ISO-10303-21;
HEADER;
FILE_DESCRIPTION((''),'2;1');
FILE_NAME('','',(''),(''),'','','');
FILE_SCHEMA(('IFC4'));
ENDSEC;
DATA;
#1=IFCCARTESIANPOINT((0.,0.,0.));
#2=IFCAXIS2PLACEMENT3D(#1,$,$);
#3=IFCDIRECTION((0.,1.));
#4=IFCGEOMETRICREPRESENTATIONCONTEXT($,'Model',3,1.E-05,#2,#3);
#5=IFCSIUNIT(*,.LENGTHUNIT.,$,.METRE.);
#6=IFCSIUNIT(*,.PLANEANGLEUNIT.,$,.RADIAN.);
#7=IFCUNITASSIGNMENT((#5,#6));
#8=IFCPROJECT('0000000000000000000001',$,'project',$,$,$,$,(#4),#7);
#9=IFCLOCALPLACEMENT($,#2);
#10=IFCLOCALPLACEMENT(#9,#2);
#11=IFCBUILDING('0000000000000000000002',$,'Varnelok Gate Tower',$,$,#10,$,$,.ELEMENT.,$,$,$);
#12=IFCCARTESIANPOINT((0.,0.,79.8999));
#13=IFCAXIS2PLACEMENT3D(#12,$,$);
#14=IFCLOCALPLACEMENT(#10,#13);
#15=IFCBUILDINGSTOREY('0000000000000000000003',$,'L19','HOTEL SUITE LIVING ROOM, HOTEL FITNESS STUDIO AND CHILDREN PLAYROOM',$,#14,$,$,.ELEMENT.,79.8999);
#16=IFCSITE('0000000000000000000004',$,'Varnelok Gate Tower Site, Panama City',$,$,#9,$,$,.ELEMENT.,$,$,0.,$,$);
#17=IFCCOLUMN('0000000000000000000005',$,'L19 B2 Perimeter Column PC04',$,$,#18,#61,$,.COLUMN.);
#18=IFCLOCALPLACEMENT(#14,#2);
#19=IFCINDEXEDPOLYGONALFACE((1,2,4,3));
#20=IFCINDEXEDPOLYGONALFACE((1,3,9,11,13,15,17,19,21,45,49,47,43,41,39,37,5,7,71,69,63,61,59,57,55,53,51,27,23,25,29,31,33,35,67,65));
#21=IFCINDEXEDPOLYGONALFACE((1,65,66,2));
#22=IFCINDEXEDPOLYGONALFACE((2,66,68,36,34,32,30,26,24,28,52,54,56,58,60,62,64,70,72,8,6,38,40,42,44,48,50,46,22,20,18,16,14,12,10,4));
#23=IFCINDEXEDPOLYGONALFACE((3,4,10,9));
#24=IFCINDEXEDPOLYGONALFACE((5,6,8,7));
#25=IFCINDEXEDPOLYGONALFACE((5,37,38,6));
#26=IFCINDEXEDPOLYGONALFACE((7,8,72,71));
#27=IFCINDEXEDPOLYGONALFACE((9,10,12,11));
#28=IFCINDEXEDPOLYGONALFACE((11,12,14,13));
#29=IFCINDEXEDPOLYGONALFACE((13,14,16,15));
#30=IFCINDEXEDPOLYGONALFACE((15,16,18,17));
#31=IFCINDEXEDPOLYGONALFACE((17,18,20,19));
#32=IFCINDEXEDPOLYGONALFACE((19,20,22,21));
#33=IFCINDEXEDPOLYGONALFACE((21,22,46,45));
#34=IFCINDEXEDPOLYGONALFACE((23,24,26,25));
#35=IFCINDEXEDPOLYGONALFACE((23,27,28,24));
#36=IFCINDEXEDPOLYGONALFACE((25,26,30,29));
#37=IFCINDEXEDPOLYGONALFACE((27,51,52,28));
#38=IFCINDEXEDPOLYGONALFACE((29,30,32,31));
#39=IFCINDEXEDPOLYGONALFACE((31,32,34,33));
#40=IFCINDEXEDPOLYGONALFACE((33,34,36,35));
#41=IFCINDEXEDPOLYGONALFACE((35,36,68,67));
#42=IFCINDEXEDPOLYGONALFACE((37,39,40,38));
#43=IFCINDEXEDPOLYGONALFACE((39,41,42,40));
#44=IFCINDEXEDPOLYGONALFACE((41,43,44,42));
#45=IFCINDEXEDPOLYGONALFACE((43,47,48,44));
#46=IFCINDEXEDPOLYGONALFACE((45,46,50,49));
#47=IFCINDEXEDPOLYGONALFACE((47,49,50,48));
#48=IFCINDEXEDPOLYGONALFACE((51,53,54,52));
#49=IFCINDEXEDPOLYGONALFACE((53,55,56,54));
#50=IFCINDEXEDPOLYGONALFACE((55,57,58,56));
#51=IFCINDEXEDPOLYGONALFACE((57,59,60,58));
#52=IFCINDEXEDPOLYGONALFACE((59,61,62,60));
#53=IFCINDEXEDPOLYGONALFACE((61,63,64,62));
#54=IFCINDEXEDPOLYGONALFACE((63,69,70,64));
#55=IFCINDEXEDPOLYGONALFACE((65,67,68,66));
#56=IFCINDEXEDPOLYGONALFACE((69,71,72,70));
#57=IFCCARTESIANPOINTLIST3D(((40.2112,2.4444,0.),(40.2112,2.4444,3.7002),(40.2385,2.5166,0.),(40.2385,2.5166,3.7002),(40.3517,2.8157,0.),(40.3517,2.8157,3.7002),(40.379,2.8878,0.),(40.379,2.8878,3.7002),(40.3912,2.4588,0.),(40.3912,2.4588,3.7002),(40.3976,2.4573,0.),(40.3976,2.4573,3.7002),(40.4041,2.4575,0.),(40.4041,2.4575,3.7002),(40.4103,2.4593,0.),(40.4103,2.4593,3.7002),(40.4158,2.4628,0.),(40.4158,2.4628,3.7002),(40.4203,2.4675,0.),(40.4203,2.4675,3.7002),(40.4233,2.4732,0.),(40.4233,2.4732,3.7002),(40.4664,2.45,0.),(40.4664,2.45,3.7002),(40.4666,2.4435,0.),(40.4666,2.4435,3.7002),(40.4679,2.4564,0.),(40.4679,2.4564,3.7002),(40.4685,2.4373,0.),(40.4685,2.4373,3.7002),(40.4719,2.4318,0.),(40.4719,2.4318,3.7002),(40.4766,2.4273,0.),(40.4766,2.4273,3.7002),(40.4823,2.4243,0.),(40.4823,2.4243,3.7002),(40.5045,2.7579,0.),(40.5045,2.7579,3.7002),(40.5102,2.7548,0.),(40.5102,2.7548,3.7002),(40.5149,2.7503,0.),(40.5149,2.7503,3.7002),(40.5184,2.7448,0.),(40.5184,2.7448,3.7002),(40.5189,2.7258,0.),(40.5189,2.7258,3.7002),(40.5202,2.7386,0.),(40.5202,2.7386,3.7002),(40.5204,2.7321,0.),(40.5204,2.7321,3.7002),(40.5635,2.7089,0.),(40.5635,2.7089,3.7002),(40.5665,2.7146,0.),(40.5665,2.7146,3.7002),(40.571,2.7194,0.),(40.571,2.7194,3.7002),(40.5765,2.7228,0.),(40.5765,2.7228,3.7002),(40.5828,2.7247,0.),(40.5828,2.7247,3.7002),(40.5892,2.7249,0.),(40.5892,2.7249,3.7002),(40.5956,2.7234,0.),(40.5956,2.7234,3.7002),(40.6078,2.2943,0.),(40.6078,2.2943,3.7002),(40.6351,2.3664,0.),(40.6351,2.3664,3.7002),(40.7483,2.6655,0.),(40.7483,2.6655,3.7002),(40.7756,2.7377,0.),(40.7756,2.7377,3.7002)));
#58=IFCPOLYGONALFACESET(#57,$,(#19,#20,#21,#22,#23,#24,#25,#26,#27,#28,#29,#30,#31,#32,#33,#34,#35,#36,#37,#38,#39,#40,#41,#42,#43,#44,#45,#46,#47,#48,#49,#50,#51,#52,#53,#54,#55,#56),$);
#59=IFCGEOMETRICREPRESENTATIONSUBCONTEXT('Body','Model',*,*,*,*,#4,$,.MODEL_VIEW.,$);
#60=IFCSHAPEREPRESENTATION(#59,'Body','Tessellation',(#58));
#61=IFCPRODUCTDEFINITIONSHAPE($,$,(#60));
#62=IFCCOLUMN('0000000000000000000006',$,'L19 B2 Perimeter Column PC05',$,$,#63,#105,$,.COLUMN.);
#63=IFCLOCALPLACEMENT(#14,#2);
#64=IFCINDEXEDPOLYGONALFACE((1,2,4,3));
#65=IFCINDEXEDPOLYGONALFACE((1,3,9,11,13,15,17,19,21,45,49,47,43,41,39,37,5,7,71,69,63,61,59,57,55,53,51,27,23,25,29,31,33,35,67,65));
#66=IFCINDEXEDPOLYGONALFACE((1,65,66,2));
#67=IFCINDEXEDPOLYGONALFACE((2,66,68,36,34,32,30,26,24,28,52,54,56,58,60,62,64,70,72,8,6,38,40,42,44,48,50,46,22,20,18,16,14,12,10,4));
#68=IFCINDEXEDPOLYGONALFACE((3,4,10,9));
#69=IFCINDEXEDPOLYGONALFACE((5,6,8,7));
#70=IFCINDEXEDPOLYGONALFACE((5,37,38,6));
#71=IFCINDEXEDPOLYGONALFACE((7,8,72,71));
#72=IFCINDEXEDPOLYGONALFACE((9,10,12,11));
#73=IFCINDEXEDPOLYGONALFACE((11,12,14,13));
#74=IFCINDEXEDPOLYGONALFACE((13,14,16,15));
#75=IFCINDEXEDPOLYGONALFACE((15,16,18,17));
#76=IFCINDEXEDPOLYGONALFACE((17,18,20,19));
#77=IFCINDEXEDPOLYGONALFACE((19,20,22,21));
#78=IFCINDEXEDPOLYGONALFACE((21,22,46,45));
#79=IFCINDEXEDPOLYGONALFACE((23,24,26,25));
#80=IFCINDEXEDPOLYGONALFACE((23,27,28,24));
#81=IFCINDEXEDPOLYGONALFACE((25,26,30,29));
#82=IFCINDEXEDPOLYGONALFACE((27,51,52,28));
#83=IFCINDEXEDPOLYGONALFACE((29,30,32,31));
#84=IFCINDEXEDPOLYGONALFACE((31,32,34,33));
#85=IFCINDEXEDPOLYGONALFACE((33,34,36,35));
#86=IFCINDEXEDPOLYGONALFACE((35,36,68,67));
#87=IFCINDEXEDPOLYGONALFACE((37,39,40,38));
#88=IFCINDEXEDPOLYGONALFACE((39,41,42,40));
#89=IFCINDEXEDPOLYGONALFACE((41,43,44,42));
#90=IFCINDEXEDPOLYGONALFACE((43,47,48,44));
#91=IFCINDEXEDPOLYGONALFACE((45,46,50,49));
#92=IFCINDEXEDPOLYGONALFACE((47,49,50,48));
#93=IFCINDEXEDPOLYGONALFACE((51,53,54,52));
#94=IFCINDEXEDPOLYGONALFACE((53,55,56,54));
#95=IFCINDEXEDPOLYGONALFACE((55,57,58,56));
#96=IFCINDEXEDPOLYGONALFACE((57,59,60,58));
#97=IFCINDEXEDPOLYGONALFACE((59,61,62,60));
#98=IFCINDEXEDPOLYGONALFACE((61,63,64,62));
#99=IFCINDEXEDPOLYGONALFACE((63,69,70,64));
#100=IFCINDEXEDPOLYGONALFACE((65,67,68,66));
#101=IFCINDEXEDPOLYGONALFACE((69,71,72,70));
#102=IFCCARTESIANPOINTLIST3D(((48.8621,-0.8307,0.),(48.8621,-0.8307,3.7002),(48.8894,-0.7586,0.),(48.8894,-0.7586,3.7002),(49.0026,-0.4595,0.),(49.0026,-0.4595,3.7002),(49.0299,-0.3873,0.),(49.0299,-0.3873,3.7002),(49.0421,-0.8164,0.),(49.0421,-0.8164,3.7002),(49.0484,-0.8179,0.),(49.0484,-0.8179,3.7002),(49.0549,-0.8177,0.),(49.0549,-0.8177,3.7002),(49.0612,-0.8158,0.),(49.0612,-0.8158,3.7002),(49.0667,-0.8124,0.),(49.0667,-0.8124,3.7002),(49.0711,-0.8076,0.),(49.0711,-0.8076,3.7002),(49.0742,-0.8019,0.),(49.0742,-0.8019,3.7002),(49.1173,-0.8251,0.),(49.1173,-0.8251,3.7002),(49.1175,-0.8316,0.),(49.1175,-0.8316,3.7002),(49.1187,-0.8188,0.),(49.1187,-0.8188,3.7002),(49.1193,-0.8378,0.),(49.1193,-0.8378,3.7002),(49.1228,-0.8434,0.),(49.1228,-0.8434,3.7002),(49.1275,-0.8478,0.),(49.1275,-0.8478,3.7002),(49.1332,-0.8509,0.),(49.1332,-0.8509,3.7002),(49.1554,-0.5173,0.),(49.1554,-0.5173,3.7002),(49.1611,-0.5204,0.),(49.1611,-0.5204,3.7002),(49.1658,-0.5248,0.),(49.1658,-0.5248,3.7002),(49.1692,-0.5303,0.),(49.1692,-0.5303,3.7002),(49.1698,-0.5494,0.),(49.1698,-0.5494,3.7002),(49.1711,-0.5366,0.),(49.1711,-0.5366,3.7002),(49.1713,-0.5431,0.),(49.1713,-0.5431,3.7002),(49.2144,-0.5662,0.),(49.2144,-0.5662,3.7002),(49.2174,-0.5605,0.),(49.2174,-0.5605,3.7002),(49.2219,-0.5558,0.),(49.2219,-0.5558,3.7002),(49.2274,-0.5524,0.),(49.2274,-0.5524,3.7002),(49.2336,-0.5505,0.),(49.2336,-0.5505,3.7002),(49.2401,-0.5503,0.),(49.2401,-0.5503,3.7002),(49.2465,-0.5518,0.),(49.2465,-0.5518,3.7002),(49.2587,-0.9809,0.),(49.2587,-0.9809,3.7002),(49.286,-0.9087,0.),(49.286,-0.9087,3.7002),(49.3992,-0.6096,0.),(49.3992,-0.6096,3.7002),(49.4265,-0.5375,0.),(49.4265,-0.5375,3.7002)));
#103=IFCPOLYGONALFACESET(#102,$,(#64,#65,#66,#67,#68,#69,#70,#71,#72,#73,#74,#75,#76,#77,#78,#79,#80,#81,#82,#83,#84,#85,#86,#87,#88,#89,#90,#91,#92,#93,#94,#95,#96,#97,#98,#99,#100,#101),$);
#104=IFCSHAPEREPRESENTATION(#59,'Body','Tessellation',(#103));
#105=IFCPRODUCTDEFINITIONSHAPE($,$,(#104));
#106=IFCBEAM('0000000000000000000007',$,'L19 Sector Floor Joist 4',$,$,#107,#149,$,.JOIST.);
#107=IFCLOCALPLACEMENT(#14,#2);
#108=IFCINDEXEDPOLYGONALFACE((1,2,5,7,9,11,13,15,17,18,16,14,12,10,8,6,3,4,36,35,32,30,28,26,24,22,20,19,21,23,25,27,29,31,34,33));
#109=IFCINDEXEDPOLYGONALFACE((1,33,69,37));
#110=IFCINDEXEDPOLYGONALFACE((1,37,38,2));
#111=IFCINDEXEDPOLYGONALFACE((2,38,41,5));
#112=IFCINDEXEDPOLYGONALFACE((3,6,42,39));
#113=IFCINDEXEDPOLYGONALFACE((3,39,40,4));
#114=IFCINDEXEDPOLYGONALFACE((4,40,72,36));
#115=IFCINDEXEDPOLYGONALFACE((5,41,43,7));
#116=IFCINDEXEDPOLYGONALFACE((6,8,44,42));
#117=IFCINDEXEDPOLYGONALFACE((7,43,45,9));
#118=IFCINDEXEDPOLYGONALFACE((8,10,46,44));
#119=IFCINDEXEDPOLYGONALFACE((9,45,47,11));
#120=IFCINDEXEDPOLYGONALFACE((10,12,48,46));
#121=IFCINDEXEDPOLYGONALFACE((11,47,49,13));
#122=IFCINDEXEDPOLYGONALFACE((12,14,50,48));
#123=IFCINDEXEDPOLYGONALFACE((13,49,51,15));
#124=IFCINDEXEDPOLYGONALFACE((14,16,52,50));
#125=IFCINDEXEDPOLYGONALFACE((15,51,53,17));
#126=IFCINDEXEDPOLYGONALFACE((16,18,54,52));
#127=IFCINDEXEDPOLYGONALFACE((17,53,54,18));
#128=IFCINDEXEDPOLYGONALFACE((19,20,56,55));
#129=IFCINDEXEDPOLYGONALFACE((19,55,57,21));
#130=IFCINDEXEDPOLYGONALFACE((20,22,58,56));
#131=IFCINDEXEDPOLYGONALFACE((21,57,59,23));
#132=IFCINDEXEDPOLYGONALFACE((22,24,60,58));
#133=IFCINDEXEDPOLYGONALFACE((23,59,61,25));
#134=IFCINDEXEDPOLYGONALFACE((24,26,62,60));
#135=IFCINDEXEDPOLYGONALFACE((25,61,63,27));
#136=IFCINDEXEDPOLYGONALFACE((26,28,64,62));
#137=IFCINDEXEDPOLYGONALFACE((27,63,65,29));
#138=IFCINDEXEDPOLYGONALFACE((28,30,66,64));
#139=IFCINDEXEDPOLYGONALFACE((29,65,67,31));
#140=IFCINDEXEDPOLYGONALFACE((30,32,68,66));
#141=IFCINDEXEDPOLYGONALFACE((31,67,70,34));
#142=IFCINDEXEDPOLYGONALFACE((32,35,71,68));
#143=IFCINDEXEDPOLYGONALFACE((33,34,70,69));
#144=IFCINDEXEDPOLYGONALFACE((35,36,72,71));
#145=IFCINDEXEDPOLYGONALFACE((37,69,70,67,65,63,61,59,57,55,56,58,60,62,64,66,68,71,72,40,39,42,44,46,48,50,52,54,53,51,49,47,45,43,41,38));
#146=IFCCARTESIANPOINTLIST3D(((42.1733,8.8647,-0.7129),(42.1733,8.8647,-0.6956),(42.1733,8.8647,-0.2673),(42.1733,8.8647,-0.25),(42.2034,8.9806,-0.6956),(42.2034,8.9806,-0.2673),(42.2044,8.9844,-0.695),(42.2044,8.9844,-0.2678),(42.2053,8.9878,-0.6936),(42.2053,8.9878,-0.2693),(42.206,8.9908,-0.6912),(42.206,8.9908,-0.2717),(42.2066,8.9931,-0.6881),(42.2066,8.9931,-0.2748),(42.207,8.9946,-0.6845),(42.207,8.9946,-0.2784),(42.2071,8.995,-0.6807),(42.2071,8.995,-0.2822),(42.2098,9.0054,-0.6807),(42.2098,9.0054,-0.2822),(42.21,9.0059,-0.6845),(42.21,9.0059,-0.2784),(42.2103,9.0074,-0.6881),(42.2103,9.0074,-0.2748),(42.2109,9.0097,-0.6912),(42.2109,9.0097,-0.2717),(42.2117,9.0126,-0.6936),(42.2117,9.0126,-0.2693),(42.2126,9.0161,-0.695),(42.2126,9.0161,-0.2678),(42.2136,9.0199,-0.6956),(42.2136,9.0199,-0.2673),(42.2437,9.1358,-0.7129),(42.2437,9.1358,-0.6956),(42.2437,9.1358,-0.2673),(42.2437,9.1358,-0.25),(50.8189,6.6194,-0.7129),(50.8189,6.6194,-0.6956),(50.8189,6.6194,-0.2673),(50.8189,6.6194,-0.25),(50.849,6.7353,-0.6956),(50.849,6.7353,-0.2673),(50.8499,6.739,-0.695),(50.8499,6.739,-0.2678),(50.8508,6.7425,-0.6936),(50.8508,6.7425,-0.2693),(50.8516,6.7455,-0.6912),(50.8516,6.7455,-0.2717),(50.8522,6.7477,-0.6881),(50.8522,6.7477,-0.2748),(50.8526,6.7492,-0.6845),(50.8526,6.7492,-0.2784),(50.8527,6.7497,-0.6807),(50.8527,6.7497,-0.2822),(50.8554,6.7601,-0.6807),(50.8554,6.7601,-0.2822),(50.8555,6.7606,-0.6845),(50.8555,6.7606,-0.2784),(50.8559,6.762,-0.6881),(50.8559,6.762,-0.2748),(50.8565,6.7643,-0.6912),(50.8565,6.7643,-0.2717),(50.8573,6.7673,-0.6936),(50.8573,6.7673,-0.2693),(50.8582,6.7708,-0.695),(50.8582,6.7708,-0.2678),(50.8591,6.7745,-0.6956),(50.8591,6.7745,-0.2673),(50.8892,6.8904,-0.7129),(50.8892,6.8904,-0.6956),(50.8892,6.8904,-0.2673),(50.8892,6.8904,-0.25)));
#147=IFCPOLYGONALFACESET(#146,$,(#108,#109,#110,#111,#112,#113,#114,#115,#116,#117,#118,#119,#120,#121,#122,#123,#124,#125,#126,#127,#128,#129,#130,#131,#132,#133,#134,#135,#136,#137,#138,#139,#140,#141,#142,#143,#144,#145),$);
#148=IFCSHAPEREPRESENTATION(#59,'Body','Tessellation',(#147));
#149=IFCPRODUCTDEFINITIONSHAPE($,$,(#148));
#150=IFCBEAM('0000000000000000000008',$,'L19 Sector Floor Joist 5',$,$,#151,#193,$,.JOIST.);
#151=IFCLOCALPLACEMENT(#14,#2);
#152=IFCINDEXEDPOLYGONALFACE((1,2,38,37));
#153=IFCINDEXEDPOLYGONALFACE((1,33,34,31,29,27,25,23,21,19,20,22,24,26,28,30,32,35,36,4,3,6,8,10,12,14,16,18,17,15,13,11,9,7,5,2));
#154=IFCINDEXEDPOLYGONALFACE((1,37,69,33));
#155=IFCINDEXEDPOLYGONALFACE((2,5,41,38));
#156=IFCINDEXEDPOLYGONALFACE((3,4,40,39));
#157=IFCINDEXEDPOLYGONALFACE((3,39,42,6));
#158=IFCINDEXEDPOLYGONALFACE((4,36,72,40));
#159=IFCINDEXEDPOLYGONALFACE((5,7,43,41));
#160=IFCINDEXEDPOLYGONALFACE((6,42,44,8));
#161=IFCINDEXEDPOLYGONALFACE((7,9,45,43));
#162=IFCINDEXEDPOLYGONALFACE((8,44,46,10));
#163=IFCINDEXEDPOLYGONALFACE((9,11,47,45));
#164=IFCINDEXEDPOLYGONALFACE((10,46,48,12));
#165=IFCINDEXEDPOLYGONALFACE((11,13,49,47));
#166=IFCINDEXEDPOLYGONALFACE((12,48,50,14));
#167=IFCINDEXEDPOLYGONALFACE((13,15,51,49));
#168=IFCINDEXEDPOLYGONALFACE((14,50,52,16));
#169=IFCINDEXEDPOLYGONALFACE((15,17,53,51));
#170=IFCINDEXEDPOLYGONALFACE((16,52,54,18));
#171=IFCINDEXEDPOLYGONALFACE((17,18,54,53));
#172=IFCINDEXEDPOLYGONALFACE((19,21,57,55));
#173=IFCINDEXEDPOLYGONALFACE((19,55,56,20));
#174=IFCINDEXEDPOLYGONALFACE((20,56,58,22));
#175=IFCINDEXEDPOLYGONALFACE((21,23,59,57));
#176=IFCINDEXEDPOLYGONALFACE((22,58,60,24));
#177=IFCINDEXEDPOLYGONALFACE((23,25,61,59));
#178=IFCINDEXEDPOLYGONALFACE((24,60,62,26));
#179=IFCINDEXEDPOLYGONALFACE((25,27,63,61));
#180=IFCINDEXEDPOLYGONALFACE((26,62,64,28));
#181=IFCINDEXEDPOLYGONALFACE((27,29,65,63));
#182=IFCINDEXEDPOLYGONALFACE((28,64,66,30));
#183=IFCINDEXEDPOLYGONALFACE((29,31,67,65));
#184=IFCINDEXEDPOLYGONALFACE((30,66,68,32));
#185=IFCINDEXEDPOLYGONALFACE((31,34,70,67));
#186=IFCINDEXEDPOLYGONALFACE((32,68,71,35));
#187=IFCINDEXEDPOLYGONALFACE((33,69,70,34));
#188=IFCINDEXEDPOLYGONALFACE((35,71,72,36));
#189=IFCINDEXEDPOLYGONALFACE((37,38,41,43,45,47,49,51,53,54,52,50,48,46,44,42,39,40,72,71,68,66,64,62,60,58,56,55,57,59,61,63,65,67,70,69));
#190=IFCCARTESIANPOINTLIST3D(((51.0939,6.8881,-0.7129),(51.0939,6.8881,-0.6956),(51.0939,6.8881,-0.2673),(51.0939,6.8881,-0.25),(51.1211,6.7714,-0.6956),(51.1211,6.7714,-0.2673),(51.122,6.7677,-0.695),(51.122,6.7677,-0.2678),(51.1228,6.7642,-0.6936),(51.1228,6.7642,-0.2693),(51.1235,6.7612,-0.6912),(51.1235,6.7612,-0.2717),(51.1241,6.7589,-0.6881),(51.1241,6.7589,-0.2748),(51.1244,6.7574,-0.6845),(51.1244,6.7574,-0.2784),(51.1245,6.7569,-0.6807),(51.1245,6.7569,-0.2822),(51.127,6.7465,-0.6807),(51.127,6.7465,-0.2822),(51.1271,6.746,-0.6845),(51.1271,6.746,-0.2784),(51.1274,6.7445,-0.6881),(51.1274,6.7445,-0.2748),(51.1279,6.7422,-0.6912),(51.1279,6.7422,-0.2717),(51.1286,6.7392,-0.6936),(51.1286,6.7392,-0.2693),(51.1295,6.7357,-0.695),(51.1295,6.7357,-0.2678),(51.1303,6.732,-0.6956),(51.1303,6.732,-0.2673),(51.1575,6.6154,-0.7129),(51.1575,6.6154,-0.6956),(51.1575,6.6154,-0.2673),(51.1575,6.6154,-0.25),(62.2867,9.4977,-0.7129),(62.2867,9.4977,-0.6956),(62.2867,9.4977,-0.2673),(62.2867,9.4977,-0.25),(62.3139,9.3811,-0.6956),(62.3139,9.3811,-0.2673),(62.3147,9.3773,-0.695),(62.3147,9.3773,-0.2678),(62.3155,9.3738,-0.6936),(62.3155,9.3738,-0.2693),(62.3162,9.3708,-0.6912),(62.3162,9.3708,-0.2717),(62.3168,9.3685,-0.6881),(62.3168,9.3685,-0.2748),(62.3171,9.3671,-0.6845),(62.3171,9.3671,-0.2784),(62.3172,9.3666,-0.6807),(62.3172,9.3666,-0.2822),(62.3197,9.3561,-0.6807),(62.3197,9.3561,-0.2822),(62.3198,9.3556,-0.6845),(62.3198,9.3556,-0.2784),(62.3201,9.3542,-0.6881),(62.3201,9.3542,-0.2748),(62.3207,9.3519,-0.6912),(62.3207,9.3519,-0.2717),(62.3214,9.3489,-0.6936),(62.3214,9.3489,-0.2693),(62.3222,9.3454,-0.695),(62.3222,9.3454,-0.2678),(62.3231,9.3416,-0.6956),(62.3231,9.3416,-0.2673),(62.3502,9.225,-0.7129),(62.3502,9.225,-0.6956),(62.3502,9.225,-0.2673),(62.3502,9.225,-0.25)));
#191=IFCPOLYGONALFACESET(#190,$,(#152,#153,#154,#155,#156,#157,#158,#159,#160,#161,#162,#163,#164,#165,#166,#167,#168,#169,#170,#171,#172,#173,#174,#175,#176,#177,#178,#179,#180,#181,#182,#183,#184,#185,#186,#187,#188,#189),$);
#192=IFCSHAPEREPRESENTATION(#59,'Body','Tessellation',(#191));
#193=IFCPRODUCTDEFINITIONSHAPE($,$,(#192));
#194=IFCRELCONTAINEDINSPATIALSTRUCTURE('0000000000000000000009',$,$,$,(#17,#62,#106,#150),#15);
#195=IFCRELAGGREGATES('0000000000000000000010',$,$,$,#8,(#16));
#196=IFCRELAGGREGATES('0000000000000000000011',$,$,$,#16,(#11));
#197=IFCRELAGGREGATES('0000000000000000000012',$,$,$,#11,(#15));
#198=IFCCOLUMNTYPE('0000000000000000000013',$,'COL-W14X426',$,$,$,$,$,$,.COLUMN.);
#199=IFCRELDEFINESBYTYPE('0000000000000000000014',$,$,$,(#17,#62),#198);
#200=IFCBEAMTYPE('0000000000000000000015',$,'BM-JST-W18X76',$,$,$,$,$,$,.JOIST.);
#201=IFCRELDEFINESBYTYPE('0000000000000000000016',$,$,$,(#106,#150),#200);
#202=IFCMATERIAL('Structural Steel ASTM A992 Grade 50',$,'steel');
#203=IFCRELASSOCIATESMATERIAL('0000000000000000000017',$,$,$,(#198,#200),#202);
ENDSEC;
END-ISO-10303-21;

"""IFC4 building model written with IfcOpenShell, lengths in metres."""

from ifc_helpers import new_model, si_unit, direction, frame, origin, origin_2d, place, context, subcontext, project, spatial, i_section, extrude, material, material_profile, profile_set, type_object, element, save


model = new_model("IFC4")

# Units and contexts
model_context = context("Model", 3, precision=1e-05, world=origin(), true_north=direction((0.0, 1.0)))
body_context = subcontext(model_context, "Body", "Model", "MODEL_VIEW")
ifc_project = project(units=[si_unit("LENGTHUNIT", "METRE"), si_unit("PLANEANGLEUNIT", "RADIAN")], contexts=[model_context])

# Site, building, storey
site_placement = place(None, origin())
site = spatial("IfcSite", under=ifc_project, at=site_placement, Name="Varnelok Gate Tower Site, Panama City", CompositionType="ELEMENT", RefElevation=0.0)
building_placement = place(site_placement, origin())
building = spatial("IfcBuilding", under=site, at=building_placement, Name="Varnelok Gate Tower", CompositionType="ELEMENT")
storey_placement = place(building_placement, frame((0.0, 0.0, 79.8999)))
storey = spatial("IfcBuildingStorey", under=building, at=storey_placement, Name="L19", Description="HOTEL SUITE LIVING ROOM, HOTEL FITNESS STUDIO AND CHILDREN PLAYROOM", CompositionType="ELEMENT", Elevation=79.8999)

# Columns
ifc_material_1 = material(Name="Structural Steel ASTM A992 Grade 50", Category="steel")
ifc_material_profile_1 = material_profile(ifc_material_1, i_section(OverallWidth=0.4241, OverallDepth=0.4741, WebThickness=0.0476, FlangeThickness=0.0771, FilletRadius=0.0249, at=origin_2d()), Name="W14X426")
ifc_profile_set_1 = profile_set([ifc_material_profile_1], Name="Structural Steel ASTM A992 Grade 50")
column_type = type_object("IfcColumnType", Name="COL-W14X426", PredefinedType="COLUMN", material=ifc_profile_set_1)
for number, where, z_axis, x_axis, name in (
    (1, (40.4934, 2.5911, 0.0), (0.0, 0.0, 1.0), (0.935222, -0.354063, 0.0), "L19 B2 Perimeter Column PC04"),
    (2, (49.1443, -0.6841, 0.0), (0.0, 0.0, 1.0), (0.935222, -0.354063, 0.0), "L19 B2 Perimeter Column PC05"),
):
    element("IfcColumn", number, at=place(storey_placement, frame(where, z_axis=z_axis, x_axis=x_axis)), inside=storey, type_object=column_type, Name=name, PredefinedType="COLUMN", context=body_context, shape_type="SweptSolid", body=[
        extrude(i_section(OverallWidth=0.4241, OverallDepth=0.4741, WebThickness=0.0476, FlangeThickness=0.0771, FilletRadius=0.0249, at=origin_2d()), origin(), (0.0, 0.0, 1.0), 3.7002),
    ])

# Beams
ifc_material_profile_2 = material_profile(ifc_material_1, i_section(OverallWidth=0.28, OverallDepth=0.4629, WebThickness=0.0107, FlangeThickness=0.0173, FilletRadius=0.0149, at=origin_2d()), Name="W18X76")
ifc_profile_set_2 = profile_set([ifc_material_profile_2], Name="Structural Steel ASTM A992 Grade 50")
beam_type_1 = type_object("IfcBeamType", Name="BM-JST-W18X76", PredefinedType="JOIST", material=ifc_profile_set_2)
beam_1_placement = place(storey_placement, frame((42.2085, 9.0002, -0.4814), z_axis=(0.96789, -0.251375, 0.0), x_axis=(0.251375, 0.96789, 0.0)))
element("IfcBeam", 3, at=beam_1_placement, inside=storey, type_object=beam_type_1, Name="L19 Sector Floor Joist 4", PredefinedType="JOIST", context=body_context, shape_type="SweptSolid", body=[
    extrude(i_section(OverallWidth=0.28, OverallDepth=0.4629, WebThickness=0.0107, FlangeThickness=0.0173, FilletRadius=0.0149, at=origin_2d()), origin(), (0.0, 0.0, 1.0), 8.9324),
])
beam_2_placement = place(storey_placement, frame((51.1257, 6.7517, -0.4814), z_axis=(0.97388, 0.227065, 0.0), x_axis=(-0.227065, 0.97388, 0.0)))
element("IfcBeam", 4, at=beam_2_placement, inside=storey, type_object=beam_type_1, Name="L19 Sector Floor Joist 5", PredefinedType="JOIST", context=body_context, shape_type="SweptSolid", body=[
    extrude(i_section(OverallWidth=0.28, OverallDepth=0.4629, WebThickness=0.0107, FlangeThickness=0.0173, FilletRadius=0.0149, at=origin_2d()), origin(), (0.0, 0.0, 1.0), 11.4929),
])

save(model, "model.ifc")
